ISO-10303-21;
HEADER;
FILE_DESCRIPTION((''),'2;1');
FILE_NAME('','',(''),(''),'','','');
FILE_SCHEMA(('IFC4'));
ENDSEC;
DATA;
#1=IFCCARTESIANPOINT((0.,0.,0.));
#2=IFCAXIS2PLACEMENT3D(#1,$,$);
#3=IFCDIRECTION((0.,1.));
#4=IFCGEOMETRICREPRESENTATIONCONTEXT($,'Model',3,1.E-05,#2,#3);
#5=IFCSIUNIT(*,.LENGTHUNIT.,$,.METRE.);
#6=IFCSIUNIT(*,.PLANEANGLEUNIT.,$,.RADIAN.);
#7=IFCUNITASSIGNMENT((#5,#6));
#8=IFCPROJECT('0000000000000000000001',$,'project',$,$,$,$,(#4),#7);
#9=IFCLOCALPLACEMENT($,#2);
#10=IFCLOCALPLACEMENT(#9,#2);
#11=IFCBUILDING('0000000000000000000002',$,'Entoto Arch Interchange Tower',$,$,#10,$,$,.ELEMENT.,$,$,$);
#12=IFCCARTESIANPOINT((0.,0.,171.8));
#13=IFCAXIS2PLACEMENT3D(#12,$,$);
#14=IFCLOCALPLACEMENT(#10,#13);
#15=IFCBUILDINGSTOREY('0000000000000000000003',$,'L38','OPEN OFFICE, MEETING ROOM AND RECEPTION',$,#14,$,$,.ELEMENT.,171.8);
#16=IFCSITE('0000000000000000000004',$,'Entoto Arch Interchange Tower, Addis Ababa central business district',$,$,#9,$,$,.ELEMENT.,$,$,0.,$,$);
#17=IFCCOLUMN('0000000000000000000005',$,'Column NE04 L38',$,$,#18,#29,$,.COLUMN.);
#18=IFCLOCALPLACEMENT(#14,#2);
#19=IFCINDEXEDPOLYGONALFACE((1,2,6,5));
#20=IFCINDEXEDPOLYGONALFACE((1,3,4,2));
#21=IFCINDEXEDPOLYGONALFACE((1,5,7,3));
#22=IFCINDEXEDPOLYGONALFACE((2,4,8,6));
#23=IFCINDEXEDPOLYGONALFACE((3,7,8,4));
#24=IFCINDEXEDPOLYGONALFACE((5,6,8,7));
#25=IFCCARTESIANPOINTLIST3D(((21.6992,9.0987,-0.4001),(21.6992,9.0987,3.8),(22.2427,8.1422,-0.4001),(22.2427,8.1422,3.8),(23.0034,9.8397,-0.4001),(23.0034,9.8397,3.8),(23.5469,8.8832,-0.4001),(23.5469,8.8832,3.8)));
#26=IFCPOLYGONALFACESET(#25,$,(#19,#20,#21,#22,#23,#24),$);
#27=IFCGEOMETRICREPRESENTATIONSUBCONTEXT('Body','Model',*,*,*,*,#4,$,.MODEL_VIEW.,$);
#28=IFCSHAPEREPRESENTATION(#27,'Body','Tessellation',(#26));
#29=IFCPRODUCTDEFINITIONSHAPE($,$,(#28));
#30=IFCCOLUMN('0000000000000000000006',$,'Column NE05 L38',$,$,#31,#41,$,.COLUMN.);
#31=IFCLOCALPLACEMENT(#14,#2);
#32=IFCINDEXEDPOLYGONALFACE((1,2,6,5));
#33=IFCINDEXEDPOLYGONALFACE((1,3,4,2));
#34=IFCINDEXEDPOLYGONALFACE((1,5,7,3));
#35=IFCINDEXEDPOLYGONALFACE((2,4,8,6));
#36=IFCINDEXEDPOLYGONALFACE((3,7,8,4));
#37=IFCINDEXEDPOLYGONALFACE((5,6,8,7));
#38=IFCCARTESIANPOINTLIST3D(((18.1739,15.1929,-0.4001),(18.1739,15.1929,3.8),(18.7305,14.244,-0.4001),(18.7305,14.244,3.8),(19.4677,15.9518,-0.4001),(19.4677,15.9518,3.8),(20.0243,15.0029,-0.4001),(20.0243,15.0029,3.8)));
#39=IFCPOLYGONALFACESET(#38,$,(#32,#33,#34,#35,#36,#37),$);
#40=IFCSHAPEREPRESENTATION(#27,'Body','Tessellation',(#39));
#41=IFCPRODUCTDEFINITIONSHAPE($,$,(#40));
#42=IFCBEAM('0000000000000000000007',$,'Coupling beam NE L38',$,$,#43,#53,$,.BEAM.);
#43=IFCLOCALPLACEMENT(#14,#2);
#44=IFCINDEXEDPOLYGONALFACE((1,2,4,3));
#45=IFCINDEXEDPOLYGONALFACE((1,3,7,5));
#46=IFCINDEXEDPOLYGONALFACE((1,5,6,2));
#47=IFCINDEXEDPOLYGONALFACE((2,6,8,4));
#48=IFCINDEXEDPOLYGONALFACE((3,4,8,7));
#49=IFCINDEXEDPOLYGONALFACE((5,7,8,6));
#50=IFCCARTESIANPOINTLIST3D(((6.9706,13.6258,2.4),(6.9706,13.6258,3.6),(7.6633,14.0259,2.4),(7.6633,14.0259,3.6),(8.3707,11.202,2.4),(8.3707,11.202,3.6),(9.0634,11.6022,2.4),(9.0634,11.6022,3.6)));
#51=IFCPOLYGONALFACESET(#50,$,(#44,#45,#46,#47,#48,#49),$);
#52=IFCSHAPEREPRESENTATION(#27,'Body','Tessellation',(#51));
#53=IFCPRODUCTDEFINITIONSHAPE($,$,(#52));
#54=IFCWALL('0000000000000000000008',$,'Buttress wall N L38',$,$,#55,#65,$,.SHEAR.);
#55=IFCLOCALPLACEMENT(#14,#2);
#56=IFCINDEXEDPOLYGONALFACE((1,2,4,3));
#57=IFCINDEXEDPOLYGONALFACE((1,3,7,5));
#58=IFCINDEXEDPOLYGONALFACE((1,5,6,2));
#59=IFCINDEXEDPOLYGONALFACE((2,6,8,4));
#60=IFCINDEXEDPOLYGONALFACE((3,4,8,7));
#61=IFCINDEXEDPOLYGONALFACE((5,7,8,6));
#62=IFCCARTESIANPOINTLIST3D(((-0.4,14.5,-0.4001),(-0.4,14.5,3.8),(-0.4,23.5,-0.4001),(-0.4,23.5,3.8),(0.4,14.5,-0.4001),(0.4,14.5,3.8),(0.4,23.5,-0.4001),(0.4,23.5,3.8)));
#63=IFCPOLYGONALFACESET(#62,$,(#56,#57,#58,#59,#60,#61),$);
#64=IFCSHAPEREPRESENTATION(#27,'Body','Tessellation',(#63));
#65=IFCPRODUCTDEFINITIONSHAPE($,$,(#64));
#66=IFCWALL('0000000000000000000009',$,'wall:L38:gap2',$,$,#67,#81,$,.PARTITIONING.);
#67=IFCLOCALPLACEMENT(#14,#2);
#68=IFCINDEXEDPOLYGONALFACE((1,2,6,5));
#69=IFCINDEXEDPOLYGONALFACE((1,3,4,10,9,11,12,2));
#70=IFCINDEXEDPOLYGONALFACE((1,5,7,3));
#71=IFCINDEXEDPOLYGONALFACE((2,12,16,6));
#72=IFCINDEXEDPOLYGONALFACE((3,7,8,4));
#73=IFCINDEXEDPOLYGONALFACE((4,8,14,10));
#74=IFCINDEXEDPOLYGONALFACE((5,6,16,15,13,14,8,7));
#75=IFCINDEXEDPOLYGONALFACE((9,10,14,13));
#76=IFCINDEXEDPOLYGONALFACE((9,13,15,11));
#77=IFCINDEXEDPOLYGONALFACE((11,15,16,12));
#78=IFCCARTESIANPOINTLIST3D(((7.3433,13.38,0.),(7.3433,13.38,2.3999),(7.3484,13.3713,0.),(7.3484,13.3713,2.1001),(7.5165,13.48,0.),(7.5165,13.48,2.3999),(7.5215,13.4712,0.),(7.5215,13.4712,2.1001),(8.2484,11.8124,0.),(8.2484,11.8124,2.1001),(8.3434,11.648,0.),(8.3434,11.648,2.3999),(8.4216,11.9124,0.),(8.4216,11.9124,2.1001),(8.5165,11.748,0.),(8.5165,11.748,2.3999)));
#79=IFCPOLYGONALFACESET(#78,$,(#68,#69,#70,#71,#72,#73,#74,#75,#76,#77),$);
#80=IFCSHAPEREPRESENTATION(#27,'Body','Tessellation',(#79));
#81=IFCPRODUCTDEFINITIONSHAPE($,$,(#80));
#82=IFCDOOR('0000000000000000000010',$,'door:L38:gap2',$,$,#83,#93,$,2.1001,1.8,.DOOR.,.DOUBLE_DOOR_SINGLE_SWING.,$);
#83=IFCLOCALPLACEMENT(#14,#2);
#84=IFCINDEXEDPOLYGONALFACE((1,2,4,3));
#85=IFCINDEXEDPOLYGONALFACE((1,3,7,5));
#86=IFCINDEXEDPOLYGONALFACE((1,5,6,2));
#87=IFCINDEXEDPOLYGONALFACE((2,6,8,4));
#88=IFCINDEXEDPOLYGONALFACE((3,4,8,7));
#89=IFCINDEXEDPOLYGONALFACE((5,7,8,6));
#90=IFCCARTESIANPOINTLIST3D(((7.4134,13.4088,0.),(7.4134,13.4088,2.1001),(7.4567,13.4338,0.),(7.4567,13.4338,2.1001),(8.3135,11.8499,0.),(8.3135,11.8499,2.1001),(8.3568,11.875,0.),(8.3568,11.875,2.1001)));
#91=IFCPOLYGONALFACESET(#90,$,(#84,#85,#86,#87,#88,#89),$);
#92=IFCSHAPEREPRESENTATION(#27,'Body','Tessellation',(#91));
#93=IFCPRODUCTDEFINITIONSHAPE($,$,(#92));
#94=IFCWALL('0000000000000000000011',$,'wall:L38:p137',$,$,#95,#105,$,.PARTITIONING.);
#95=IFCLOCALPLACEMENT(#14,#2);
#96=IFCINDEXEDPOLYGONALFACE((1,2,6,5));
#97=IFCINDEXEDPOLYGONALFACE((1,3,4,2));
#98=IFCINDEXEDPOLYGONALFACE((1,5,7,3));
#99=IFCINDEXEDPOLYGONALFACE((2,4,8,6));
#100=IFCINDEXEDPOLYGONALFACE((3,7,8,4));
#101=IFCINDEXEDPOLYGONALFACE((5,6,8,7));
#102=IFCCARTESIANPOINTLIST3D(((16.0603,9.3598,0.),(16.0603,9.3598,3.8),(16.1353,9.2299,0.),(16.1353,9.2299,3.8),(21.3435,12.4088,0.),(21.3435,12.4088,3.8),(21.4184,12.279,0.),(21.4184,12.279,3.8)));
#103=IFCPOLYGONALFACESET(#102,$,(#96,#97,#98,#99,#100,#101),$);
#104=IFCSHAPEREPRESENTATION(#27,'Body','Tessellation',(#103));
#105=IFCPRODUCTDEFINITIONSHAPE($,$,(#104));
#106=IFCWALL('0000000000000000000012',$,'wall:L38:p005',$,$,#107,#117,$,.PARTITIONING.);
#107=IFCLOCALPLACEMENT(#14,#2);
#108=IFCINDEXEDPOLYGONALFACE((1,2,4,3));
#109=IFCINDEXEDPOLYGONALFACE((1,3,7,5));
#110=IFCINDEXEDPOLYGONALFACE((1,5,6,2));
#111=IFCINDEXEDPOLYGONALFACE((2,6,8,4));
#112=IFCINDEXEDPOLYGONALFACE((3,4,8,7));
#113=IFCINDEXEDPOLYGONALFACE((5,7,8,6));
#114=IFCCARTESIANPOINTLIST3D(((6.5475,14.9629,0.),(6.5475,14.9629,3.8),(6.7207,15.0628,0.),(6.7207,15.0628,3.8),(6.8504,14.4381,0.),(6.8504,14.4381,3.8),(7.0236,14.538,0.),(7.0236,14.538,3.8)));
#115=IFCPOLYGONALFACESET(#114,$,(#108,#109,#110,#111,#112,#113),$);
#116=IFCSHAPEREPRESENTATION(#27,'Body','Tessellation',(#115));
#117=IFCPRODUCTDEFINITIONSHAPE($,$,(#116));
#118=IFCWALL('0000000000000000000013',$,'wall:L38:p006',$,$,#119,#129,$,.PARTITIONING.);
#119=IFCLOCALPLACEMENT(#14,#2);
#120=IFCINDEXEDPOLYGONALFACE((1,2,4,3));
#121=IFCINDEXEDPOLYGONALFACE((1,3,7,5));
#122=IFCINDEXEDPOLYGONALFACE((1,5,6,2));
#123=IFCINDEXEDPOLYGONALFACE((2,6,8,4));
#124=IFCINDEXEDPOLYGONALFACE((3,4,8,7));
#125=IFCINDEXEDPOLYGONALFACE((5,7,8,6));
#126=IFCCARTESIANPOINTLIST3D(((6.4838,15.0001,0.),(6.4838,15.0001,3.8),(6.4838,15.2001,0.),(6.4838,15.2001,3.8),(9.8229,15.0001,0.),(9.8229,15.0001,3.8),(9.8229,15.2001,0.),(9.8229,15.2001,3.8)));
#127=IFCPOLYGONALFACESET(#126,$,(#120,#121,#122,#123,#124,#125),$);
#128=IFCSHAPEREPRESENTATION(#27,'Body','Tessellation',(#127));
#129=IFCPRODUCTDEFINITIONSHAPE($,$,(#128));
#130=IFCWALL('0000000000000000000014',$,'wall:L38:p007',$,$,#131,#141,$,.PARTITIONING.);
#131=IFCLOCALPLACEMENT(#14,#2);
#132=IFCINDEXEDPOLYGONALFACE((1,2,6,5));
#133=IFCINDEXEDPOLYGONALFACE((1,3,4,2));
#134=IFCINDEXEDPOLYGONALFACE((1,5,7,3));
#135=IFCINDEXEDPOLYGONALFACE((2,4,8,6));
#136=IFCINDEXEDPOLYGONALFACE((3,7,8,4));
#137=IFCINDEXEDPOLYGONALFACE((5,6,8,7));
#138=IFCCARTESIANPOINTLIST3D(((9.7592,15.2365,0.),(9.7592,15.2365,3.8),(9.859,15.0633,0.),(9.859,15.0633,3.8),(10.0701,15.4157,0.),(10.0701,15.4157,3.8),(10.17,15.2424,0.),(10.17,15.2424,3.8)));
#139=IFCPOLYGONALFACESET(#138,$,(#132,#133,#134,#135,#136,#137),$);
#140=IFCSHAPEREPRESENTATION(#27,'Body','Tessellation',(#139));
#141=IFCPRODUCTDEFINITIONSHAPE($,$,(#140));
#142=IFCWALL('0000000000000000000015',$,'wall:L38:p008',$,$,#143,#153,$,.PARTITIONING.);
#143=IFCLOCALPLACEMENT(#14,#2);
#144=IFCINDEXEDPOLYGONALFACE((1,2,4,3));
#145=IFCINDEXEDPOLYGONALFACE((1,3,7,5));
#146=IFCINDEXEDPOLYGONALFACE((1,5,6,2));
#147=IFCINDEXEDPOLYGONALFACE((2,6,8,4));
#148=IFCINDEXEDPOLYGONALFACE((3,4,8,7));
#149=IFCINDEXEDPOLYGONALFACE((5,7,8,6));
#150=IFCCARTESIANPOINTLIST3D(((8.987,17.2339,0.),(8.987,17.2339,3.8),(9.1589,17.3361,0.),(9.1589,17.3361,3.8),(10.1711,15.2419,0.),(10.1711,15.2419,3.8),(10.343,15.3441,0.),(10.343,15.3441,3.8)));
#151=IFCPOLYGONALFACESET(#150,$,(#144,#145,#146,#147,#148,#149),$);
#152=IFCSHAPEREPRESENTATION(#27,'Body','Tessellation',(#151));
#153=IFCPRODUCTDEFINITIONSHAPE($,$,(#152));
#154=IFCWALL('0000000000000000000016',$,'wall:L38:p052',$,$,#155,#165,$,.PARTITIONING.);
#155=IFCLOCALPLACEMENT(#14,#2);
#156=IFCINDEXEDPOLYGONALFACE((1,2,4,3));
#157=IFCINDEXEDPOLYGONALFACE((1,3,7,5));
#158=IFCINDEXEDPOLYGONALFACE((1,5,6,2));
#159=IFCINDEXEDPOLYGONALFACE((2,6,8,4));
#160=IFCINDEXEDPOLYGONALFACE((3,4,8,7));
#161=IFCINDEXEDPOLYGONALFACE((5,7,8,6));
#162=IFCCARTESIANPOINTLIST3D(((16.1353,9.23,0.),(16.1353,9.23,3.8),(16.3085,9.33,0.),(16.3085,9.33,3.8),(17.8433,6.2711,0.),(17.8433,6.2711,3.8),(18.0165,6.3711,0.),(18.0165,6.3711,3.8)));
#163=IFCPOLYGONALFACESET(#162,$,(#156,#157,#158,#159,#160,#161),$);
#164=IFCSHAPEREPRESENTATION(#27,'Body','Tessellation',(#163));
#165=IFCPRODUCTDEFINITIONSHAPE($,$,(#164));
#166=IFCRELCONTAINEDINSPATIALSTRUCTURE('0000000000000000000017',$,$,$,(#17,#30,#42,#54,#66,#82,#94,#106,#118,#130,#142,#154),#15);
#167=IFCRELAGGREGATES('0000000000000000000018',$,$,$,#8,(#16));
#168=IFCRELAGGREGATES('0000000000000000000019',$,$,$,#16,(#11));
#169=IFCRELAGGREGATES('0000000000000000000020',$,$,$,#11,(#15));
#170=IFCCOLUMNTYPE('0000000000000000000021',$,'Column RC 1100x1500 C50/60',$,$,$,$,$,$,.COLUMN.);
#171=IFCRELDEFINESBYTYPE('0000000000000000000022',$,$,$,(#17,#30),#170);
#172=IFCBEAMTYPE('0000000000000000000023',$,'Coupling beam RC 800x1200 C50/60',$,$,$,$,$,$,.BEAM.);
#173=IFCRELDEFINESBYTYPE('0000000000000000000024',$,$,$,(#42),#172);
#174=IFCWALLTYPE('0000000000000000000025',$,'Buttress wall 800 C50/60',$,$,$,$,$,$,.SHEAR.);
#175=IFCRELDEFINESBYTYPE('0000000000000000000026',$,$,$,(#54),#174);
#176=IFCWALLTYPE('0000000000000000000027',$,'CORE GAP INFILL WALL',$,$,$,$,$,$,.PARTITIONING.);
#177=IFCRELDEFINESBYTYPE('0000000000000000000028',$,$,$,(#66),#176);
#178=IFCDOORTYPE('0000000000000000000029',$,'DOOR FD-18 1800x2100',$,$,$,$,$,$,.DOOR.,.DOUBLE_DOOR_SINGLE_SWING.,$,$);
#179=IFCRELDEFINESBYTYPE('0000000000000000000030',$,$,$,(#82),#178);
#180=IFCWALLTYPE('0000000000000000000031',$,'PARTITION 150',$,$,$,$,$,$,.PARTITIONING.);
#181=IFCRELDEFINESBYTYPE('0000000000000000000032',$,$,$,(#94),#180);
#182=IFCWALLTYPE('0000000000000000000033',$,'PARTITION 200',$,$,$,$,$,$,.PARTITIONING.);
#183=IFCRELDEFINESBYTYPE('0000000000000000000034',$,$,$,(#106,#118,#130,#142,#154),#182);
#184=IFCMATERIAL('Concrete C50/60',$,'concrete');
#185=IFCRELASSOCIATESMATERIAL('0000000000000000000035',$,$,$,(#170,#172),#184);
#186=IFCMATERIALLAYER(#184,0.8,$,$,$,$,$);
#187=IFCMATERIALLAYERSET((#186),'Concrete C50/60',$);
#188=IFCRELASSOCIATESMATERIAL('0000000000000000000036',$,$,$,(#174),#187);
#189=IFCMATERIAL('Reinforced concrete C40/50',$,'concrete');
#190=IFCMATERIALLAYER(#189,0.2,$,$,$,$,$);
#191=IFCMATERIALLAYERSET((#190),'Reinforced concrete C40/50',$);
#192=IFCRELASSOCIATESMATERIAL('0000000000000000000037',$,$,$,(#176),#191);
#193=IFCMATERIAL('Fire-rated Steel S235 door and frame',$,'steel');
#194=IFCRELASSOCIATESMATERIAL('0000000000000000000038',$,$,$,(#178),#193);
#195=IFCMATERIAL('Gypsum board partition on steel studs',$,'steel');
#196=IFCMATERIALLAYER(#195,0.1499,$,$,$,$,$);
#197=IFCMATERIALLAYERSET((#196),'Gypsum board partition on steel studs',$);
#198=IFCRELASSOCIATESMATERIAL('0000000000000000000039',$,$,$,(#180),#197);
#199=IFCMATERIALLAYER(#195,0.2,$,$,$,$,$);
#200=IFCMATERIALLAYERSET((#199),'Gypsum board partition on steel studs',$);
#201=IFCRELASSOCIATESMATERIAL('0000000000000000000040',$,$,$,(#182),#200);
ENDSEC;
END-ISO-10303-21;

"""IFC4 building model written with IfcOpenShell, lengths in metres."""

from ifc_helpers import new_model, si_unit, direction, frame, frame_2d, origin, origin_2d, place, context, subcontext, project, spatial, rectangle, extrude, material, layer, layer_set, material_profile, profile_set, type_object, element, fill, save


model = new_model("IFC4")

# Units and contexts
model_context = context("Model", 3, precision=1e-05, world=origin(), true_north=direction((0.0, 1.0)))
body_context = subcontext(model_context, "Body", "Model", "MODEL_VIEW")
ifc_project = project(units=[si_unit("LENGTHUNIT", "METRE"), si_unit("PLANEANGLEUNIT", "RADIAN")], contexts=[model_context])

# Site, building, storey
site_placement = place(None, origin())
site = spatial("IfcSite", under=ifc_project, at=site_placement, Name="Entoto Arch Interchange Tower, Addis Ababa central business district", CompositionType="ELEMENT", RefElevation=0.0)
building_placement = place(site_placement, origin())
building = spatial("IfcBuilding", under=site, at=building_placement, Name="Entoto Arch Interchange Tower", CompositionType="ELEMENT")
storey_placement = place(building_placement, frame((0.0, 0.0, 171.8)))
storey = spatial("IfcBuildingStorey", under=building, at=storey_placement, Name="L38", Description="OPEN OFFICE, MEETING ROOM AND RECEPTION", CompositionType="ELEMENT", Elevation=171.8)

# Columns
ifc_material_1 = material(Name="Concrete C50/60", Category="concrete")
ifc_material_profile_1 = material_profile(ifc_material_1, rectangle(XDim=1.1001, YDim=1.5, at=origin_2d()))
ifc_profile_set_1 = profile_set([ifc_material_profile_1], Name="Concrete C50/60")
column_type = type_object("IfcColumnType", Name="Column RC 1100x1500 C50/60", PredefinedType="COLUMN", material=ifc_profile_set_1)
for number, where, z_axis, x_axis, name in (
    (1, (22.623, 8.991, -0.4001), (0.0, 0.0, 1.0), (-0.494018, 0.869452, 0.0), "Column NE04 L38"),
    (2, (19.0991, 15.0979, -0.4001), (0.0, 0.0, 1.0), (-0.505958, 0.862558, 0.0), "Column NE05 L38"),
):
    element("IfcColumn", number, at=place(storey_placement, frame(where, z_axis=z_axis, x_axis=x_axis)), inside=storey, type_object=column_type, Name=name, PredefinedType="COLUMN", context=body_context, shape_type="SweptSolid", body=[
        extrude(rectangle(XDim=1.1001, YDim=1.5, at=origin_2d()), origin(), (0.0, 0.0, 1.0), 4.2002),
    ])

# Beam
ifc_material_profile_2 = material_profile(ifc_material_1, rectangle(XDim=0.8, YDim=1.2, at=origin_2d()))
ifc_profile_set_2 = profile_set([ifc_material_profile_2], Name="Concrete C50/60")
beam_type = type_object("IfcBeamType", Name="Coupling beam RC 800x1200 C50/60", PredefinedType="BEAM", material=ifc_profile_set_2)
beam_placement = place(storey_placement, frame((8.717, 11.4021, 3.0), z_axis=(-0.500201, 0.86591, 0.0), x_axis=(-0.86591, -0.500201, 0.0)))
element("IfcBeam", 3, at=beam_placement, inside=storey, type_object=beam_type, Name="Coupling beam NE L38", PredefinedType="BEAM", context=body_context, shape_type="SweptSolid", body=[
    extrude(rectangle(XDim=0.8, YDim=1.2, at=origin_2d()), origin(), (0.0, 0.0, 1.0), 2.7991),
])

# Wall
ifc_layer_1 = layer(ifc_material_1, 0.8)
ifc_layer_set_1 = layer_set([ifc_layer_1], Name="Concrete C50/60")
wall_type_1 = type_object("IfcWallType", Name="Buttress wall 800 C50/60", PredefinedType="SHEAR", material=ifc_layer_set_1)
wall_1_placement = place(storey_placement, frame((0.0, 14.5, -0.4001), z_axis=(0.0, 0.0, 1.0), x_axis=(0.0, 1.0, 0.0)))
element("IfcWall", 4, at=wall_1_placement, inside=storey, type_object=wall_type_1, Name="Buttress wall N L38", PredefinedType="SHEAR", context=body_context, shape_type="SweptSolid", body=[
    extrude(rectangle(XDim=9.0, YDim=0.8, at=frame_2d((4.5, 0.0))), origin(), (0.0, 0.0, 1.0), 4.2002),
])

# Wall, opening, door
ifc_material_2 = material(Name="Reinforced concrete C40/50", Category="concrete")
ifc_layer_2 = layer(ifc_material_2, 0.2)
ifc_layer_set_2 = layer_set([ifc_layer_2], Name="Reinforced concrete C40/50")
wall_type_2 = type_object("IfcWallType", Name="CORE GAP INFILL WALL", PredefinedType="PARTITIONING", material=ifc_layer_set_2)
wall_2_placement = place(storey_placement, frame((8.4299, 11.698, 0.0), z_axis=(0.0, 0.0, 1.0), x_axis=(-0.500025, 0.866011, 0.0)))
wall_2 = element("IfcWall", 5, at=wall_2_placement, inside=storey, type_object=wall_type_2, Name="wall:L38:gap2", PredefinedType="PARTITIONING", context=body_context, shape_type="SweptSolid", body=[
    extrude(rectangle(XDim=2.0, YDim=0.2, at=frame_2d((1.0, 0.0))), origin(), (0.0, 0.0, 1.0), 2.3999),
])
opening_1_placement = place(wall_2_placement, frame((0.1899, 0.0, 0.0)))
opening_1 = element("IfcOpeningElement", 6, at=opening_1_placement, cuts=wall_2, PredefinedType="OPENING", context=body_context, shape_type="SweptSolid", body=[
    extrude(rectangle(XDim=1.8, YDim=2.1001, at=frame_2d((0.8999, 1.05))), frame((0.0, 0.1099, 0.0), z_axis=(0.0, -1.0, 0.0), x_axis=(1.0, 0.0, 0.0)), (0.0, 0.0, 1.0), 0.22),
])
ifc_material_3 = material(Name="Fire-rated Steel S235 door and frame", Category="steel")
door_type_1 = type_object("IfcDoorType", Name="DOOR FD-18 1800x2100", OperationType="DOUBLE_DOOR_SINGLE_SWING", PredefinedType="DOOR", material=ifc_material_3)
door_1_placement = place(opening_1_placement, origin())
door_1 = element("IfcDoor", 7, at=door_1_placement, inside=storey, type_object=door_type_1, Name="door:L38:gap2", OperationType="DOUBLE_DOOR_SINGLE_SWING", OverallHeight=2.1001, OverallWidth=1.8, PredefinedType="DOOR", context=body_context, shape_type="SweptSolid", body=[
    extrude(rectangle(XDim=1.8, YDim=2.1001, at=frame_2d((0.8999, 1.05))), frame((0.0, 0.0249, 0.0), z_axis=(0.0, -1.0, 0.0), x_axis=(1.0, 0.0, 0.0)), (0.0, 0.0, 1.0), 0.05),
])
fill(opening_1, door_1)

# Walls
ifc_material_4 = material(Name="Gypsum board partition on steel studs", Category="steel")
ifc_layer_3 = layer(ifc_material_4, 0.1499)
ifc_layer_set_3 = layer_set([ifc_layer_3], Name="Gypsum board partition on steel studs")
wall_type_3 = type_object("IfcWallType", Name="PARTITION 150", PredefinedType="PARTITIONING", material=ifc_layer_set_3)
wall_3_placement = place(storey_placement, frame((16.0979, 9.2949, 0.0), z_axis=(0.0, 0.0, 1.0), x_axis=(0.86611, 0.499854, 0.0)))
element("IfcWall", 8, at=wall_3_placement, inside=storey, type_object=wall_type_3, Name="wall:L38:p137", PredefinedType="PARTITIONING", context=body_context, shape_type="SweptSolid", body=[
    extrude(rectangle(XDim=6.0999, YDim=0.1499, at=frame_2d((3.0498, 0.0))), origin(), (0.0, 0.0, 1.0), 3.8),
])
ifc_layer_4 = layer(ifc_material_4, 0.2)
ifc_layer_set_4 = layer_set([ifc_layer_4], Name="Gypsum board partition on steel studs")
wall_type_4 = type_object("IfcWallType", Name="PARTITION 200", PredefinedType="PARTITIONING", material=ifc_layer_set_4)
wall_4_placement = place(storey_placement, frame((6.937, 14.488, 0.0), z_axis=(0.0, 0.0, 1.0), x_axis=(-0.499908, 0.866078, 0.0)))
element("IfcWall", 9, at=wall_4_placement, inside=storey, type_object=wall_type_4, Name="wall:L38:p005", PredefinedType="PARTITIONING", context=body_context, shape_type="SweptSolid", body=[
    extrude(rectangle(XDim=0.606, YDim=0.2, at=frame_2d((0.303, 0.0))), origin(), (0.0, 0.0, 1.0), 3.8),
])
wall_5_placement = place(storey_placement, frame((6.4839, 15.1001, 0.0), z_axis=(0.0, 0.0, 1.0), x_axis=(1.0, 0.0, 0.0)))
element("IfcWall", 10, at=wall_5_placement, inside=storey, type_object=wall_type_4, Name="wall:L38:p006", PredefinedType="PARTITIONING", context=body_context, shape_type="SweptSolid", body=[
    extrude(rectangle(XDim=3.3391, YDim=0.2, at=frame_2d((1.6694, 0.0))), origin(), (0.0, 0.0, 1.0), 3.8),
])
wall_6_placement = place(storey_placement, frame((9.8091, 15.1499, 0.0), z_axis=(0.0, 0.0, 1.0), x_axis=(0.86648, 0.499212, 0.0)))
element("IfcWall", 11, at=wall_6_placement, inside=storey, type_object=wall_type_4, Name="wall:L38:p007", PredefinedType="PARTITIONING", context=body_context, shape_type="SweptSolid", body=[
    extrude(rectangle(XDim=0.3589, YDim=0.2, at=frame_2d((0.1794, 0.0))), origin(), (0.0, 0.0, 1.0), 3.8),
])
wall_7_placement = place(storey_placement, frame((10.2571, 15.293, 0.0), z_axis=(0.0, 0.0, 1.0), x_axis=(-0.510974, 0.859596, 0.0)))
element("IfcWall", 12, at=wall_7_placement, inside=storey, type_object=wall_type_4, Name="wall:L38:p008", PredefinedType="PARTITIONING", context=body_context, shape_type="SweptSolid", body=[
    extrude(rectangle(XDim=2.3174, YDim=0.2, at=frame_2d((1.1587, 0.0))), origin(), (0.0, 0.0, 1.0), 3.8),
])
wall_8_placement = place(storey_placement, frame((16.2219, 9.28, 0.0), z_axis=(0.0, 0.0, 1.0), x_axis=(0.49992, -0.866071, 0.0)))
element("IfcWall", 13, at=wall_8_placement, inside=storey, type_object=wall_type_4, Name="wall:L38:p052", PredefinedType="PARTITIONING", context=body_context, shape_type="SweptSolid", body=[
    extrude(rectangle(XDim=3.4165, YDim=0.2, at=frame_2d((1.7083, 0.0))), origin(), (0.0, 0.0, 1.0), 3.8),
])

save(model, "model.ifc")
